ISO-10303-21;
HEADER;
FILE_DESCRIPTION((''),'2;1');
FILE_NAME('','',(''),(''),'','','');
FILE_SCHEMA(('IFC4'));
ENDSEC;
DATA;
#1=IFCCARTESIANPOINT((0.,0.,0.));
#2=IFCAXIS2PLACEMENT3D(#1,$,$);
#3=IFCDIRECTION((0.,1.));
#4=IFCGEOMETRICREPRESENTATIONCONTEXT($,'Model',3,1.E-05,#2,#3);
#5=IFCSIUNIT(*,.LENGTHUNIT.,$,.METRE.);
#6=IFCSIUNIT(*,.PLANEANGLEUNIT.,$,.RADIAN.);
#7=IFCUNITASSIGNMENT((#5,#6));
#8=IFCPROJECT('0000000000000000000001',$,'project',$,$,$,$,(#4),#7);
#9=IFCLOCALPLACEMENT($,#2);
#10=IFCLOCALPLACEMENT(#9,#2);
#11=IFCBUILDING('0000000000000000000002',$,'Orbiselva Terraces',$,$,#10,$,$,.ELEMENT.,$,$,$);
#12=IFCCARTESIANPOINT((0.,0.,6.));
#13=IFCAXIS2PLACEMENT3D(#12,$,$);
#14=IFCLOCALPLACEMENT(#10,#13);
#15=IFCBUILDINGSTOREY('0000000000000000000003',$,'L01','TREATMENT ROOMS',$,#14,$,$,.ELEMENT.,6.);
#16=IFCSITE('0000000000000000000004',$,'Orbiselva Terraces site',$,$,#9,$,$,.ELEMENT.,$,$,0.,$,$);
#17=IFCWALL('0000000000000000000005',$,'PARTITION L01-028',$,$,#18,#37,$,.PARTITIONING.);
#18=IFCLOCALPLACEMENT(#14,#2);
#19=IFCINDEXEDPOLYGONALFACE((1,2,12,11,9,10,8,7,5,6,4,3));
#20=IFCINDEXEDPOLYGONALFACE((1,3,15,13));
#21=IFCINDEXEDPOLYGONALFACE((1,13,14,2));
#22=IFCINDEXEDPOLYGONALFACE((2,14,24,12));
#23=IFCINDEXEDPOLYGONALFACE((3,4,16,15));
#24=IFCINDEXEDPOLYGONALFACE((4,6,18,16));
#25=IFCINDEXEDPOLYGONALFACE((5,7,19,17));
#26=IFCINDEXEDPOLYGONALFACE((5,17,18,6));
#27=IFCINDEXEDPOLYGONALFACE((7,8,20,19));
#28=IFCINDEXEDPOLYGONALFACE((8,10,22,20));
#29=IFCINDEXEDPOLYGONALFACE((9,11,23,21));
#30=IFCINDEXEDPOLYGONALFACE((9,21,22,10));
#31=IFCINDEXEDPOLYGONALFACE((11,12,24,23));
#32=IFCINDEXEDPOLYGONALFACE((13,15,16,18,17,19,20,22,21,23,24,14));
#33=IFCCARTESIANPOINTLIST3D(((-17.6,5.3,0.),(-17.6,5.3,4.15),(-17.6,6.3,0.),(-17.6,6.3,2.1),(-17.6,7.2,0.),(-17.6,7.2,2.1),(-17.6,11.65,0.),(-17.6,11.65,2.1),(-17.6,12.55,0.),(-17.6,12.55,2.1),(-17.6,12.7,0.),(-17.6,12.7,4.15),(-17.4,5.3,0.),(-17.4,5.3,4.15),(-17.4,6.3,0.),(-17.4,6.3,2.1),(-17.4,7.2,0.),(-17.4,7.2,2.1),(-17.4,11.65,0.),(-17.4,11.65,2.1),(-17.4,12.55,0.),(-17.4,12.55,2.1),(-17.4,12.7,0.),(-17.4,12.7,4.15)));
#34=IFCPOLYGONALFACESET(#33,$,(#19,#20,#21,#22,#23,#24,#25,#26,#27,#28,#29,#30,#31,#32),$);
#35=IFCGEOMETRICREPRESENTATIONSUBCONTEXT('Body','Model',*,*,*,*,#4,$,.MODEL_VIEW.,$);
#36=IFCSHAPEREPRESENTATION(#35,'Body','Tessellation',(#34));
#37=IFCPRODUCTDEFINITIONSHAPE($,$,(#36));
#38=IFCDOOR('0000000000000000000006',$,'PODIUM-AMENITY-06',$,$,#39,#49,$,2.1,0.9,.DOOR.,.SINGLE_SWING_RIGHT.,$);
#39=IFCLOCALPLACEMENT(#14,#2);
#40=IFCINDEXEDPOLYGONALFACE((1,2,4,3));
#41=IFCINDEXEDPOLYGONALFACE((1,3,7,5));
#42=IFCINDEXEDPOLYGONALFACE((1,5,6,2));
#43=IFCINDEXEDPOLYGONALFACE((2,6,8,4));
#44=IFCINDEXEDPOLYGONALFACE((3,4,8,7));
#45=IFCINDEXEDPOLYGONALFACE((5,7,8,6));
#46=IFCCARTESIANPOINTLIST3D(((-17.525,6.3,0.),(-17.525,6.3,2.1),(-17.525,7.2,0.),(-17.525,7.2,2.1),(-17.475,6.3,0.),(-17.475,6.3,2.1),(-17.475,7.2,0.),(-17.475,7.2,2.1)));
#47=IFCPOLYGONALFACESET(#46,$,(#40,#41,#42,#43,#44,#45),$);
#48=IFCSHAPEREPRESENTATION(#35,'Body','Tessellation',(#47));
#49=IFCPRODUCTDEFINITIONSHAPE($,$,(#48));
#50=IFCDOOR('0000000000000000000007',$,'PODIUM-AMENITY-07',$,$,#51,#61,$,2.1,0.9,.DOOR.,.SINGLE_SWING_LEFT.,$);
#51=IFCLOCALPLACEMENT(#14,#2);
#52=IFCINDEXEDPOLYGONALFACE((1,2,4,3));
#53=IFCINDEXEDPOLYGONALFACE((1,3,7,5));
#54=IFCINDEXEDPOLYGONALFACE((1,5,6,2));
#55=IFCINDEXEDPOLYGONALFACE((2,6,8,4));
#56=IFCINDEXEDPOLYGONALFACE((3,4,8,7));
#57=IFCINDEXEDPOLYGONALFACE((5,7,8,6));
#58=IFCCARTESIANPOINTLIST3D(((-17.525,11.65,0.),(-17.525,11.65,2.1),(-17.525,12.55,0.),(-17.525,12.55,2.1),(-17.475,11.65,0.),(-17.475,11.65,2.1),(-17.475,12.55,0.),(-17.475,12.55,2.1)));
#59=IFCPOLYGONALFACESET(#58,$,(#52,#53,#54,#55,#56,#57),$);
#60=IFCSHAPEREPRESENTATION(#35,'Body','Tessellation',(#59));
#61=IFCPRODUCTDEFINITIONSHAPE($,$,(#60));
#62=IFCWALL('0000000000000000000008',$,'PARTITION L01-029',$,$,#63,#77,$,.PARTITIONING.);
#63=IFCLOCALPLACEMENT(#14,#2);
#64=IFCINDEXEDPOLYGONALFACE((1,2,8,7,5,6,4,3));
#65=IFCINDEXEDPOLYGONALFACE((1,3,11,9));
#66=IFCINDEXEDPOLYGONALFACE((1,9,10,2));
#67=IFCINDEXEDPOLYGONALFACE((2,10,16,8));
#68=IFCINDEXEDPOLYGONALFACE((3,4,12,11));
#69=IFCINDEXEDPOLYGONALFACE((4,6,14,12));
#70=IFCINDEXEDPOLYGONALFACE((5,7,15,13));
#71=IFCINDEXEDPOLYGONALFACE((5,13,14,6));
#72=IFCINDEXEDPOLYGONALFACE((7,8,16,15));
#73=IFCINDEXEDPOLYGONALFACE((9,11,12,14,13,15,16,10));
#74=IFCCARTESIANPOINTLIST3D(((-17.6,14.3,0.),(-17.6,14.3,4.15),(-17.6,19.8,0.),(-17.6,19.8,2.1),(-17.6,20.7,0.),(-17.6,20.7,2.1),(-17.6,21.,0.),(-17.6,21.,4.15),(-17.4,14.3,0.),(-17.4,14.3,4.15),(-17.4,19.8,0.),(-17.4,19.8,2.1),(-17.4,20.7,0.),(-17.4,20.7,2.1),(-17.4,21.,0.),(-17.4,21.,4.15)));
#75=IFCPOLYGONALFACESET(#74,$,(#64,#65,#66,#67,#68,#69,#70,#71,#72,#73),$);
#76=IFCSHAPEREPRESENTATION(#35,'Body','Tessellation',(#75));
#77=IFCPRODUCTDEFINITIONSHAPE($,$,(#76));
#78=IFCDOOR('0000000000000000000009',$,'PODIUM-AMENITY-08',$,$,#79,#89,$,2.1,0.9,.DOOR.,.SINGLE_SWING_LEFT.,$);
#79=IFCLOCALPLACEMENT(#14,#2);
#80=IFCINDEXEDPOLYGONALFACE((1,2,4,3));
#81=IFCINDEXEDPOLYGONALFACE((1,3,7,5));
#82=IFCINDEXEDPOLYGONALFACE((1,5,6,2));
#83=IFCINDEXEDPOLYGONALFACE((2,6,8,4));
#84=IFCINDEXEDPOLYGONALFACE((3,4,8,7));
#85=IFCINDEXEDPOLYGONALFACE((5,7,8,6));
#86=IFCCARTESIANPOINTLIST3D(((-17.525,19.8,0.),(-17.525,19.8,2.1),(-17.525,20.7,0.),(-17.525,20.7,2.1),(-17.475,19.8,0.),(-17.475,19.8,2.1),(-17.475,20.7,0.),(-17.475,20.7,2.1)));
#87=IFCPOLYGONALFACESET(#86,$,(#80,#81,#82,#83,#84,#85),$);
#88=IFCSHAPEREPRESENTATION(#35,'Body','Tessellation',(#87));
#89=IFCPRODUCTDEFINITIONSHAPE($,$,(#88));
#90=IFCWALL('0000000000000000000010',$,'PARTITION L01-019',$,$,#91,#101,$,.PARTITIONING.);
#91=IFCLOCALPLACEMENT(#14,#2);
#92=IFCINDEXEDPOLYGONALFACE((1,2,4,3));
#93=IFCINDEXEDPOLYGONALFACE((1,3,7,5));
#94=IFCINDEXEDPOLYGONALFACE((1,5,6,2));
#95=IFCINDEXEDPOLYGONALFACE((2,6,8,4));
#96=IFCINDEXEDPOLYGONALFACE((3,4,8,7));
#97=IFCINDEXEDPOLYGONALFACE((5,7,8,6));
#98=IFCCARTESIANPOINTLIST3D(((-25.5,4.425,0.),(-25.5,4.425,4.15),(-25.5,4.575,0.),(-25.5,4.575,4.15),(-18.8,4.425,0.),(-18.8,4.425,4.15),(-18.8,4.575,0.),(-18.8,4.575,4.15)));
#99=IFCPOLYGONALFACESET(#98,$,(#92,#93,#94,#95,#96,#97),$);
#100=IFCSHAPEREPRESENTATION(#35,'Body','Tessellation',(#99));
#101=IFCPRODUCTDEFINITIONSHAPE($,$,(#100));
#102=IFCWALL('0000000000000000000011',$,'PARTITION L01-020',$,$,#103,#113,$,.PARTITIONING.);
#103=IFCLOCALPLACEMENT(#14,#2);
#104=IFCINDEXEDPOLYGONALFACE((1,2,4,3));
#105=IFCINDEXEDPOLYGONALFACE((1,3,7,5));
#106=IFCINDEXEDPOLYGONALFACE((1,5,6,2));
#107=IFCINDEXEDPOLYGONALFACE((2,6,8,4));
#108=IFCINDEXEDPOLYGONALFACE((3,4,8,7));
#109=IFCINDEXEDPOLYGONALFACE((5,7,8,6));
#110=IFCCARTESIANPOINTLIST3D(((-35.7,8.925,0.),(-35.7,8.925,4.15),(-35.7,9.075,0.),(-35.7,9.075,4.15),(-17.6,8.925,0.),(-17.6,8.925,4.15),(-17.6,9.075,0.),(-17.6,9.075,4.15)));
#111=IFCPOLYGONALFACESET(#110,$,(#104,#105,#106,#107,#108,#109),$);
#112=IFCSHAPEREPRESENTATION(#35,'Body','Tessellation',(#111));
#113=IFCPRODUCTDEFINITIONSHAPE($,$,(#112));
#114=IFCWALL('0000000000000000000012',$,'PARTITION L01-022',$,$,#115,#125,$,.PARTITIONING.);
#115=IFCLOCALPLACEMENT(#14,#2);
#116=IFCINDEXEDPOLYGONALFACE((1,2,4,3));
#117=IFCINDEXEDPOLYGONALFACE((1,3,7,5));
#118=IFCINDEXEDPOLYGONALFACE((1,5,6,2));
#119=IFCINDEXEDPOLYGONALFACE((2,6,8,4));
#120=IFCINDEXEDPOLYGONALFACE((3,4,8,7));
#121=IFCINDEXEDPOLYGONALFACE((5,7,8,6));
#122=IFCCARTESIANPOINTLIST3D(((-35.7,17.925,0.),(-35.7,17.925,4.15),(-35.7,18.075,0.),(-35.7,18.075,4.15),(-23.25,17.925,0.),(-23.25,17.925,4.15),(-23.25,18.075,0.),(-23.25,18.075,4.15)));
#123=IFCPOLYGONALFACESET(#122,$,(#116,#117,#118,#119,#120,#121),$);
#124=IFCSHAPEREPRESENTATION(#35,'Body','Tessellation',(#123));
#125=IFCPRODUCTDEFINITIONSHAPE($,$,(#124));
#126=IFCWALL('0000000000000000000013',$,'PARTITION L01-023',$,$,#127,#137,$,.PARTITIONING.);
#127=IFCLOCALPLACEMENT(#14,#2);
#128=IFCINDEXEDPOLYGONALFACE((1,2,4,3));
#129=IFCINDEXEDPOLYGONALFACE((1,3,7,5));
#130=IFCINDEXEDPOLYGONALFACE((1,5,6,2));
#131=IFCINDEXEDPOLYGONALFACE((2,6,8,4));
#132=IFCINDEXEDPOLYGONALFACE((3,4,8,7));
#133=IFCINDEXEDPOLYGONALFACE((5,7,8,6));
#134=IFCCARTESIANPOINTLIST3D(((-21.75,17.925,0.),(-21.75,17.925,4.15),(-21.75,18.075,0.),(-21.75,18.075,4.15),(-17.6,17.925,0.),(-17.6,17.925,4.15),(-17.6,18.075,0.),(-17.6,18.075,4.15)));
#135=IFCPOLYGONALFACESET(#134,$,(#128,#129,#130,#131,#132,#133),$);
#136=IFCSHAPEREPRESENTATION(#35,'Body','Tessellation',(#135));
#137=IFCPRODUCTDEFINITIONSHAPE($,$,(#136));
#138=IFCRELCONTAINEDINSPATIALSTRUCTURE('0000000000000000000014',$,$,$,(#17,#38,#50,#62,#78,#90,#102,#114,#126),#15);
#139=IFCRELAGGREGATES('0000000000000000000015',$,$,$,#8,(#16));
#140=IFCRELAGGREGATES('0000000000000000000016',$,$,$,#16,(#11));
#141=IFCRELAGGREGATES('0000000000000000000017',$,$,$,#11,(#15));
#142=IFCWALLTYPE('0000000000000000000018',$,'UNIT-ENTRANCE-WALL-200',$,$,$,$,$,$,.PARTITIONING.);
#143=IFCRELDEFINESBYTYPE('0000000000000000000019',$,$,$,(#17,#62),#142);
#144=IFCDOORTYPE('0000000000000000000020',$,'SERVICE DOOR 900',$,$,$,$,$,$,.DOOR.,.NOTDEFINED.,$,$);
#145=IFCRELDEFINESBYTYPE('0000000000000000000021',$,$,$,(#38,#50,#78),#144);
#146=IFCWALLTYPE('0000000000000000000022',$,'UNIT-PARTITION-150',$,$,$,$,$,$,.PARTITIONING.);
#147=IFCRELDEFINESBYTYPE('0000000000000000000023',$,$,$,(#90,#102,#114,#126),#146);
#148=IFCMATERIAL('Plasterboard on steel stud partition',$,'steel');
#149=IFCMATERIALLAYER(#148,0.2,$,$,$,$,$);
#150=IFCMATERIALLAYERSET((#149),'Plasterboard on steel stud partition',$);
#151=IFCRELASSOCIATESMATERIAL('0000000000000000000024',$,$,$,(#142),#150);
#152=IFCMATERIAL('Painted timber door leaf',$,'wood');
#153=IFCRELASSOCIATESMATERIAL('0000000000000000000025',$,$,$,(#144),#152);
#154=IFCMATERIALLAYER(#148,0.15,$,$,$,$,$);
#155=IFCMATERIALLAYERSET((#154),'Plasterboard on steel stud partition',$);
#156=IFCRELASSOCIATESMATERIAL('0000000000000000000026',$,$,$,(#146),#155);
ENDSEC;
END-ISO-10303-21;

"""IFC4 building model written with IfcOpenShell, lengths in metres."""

from ifc_helpers import new_model, si_unit, direction, frame, frame_2d, origin, place, context, subcontext, project, spatial, rectangle, extrude, material, layer, layer_set, type_object, element, fill, save


model = new_model("IFC4")

# Units and contexts
model_context = context("Model", 3, precision=1e-05, world=origin(), true_north=direction((0.0, 1.0)))
body_context = subcontext(model_context, "Body", "Model", "MODEL_VIEW")
ifc_project = project(units=[si_unit("LENGTHUNIT", "METRE"), si_unit("PLANEANGLEUNIT", "RADIAN")], contexts=[model_context])

# Site, building, storey
site_placement = place(None, origin())
site = spatial("IfcSite", under=ifc_project, at=site_placement, Name="Orbiselva Terraces site", CompositionType="ELEMENT", RefElevation=0.0)
building_placement = place(site_placement, origin())
building = spatial("IfcBuilding", under=site, at=building_placement, Name="Orbiselva Terraces", CompositionType="ELEMENT")
storey_placement = place(building_placement, frame((0.0, 0.0, 6.0)))
storey = spatial("IfcBuildingStorey", under=building, at=storey_placement, Name="L01", Description="TREATMENT ROOMS", CompositionType="ELEMENT", Elevation=6.0)

# Wall, openings, doors
ifc_material_1 = material(Name="Plasterboard on steel stud partition", Category="steel")
ifc_layer_1 = layer(ifc_material_1, 0.2)
ifc_layer_set_1 = layer_set([ifc_layer_1], Name="Plasterboard on steel stud partition")
wall_type_1 = type_object("IfcWallType", Name="UNIT-ENTRANCE-WALL-200", PredefinedType="PARTITIONING", material=ifc_layer_set_1)
wall_1_placement = place(storey_placement, frame((-17.5, 12.7, 0.0), z_axis=(0.0, 0.0, 1.0), x_axis=(0.0, -1.0, 0.0)))
wall_1 = element("IfcWall", 1, at=wall_1_placement, inside=storey, type_object=wall_type_1, Name="PARTITION L01-028", PredefinedType="PARTITIONING", context=body_context, shape_type="SweptSolid", body=[
    extrude(rectangle(XDim=7.4, YDim=0.2, at=frame_2d((3.7, 0.0))), origin(), (0.0, 0.0, 1.0), 4.15),
])
opening_1_placement = place(wall_1_placement, frame((5.5, 0.0, 0.0)))
opening_1 = element("IfcOpeningElement", 2, at=opening_1_placement, cuts=wall_1, PredefinedType="OPENING", context=body_context, shape_type="SweptSolid", body=[
    extrude(rectangle(XDim=0.9, YDim=2.1, at=frame_2d((0.45, 1.05))), frame((0.0, 0.11, 0.0), z_axis=(0.0, -1.0, 0.0), x_axis=(1.0, 0.0, 0.0)), (0.0, 0.0, 1.0), 0.22),
])
opening_2_placement = place(wall_1_placement, frame((0.15, 0.0, 0.0)))
opening_2 = element("IfcOpeningElement", 3, at=opening_2_placement, cuts=wall_1, PredefinedType="OPENING", context=body_context, shape_type="SweptSolid", body=[
    extrude(rectangle(XDim=0.9, YDim=2.1, at=frame_2d((0.45, 1.05))), frame((0.0, 0.11, 0.0), z_axis=(0.0, -1.0, 0.0), x_axis=(1.0, 0.0, 0.0)), (0.0, 0.0, 1.0), 0.22),
])
ifc_material_2 = material(Name="Painted timber door leaf", Category="wood")
door_type = type_object("IfcDoorType", Name="SERVICE DOOR 900", OperationType="NOTDEFINED", PredefinedType="DOOR", material=ifc_material_2)
door_1_placement = place(opening_1_placement, origin())
door_1 = element("IfcDoor", 4, at=door_1_placement, inside=storey, type_object=door_type, Name="PODIUM-AMENITY-06", OperationType="SINGLE_SWING_RIGHT", OverallHeight=2.1, OverallWidth=0.9, PredefinedType="DOOR", context=body_context, shape_type="SweptSolid", body=[
    extrude(rectangle(XDim=0.9, YDim=2.1, at=frame_2d((0.45, 1.05))), frame((0.0, 0.025, 0.0), z_axis=(0.0, -1.0, 0.0), x_axis=(1.0, 0.0, 0.0)), (0.0, 0.0, 1.0), 0.05),
])
fill(opening_1, door_1)
door_2_placement = place(opening_2_placement, origin())
door_2 = element("IfcDoor", 5, at=door_2_placement, inside=storey, type_object=door_type, Name="PODIUM-AMENITY-07", OperationType="SINGLE_SWING_LEFT", OverallHeight=2.1, OverallWidth=0.9, PredefinedType="DOOR", context=body_context, shape_type="SweptSolid", body=[
    extrude(rectangle(XDim=0.9, YDim=2.1, at=frame_2d((0.45, 1.05))), frame((0.0, 0.025, 0.0), z_axis=(0.0, -1.0, 0.0), x_axis=(1.0, 0.0, 0.0)), (0.0, 0.0, 1.0), 0.05),
])
fill(opening_2, door_2)

# Wall, opening, door
wall_2_placement = place(storey_placement, frame((-17.5, 21.0, 0.0), z_axis=(0.0, 0.0, 1.0), x_axis=(0.0, -1.0, 0.0)))
wall_2 = element("IfcWall", 6, at=wall_2_placement, inside=storey, type_object=wall_type_1, Name="PARTITION L01-029", PredefinedType="PARTITIONING", context=body_context, shape_type="SweptSolid", body=[
    extrude(rectangle(XDim=6.7, YDim=0.2, at=frame_2d((3.35, 0.0))), origin(), (0.0, 0.0, 1.0), 4.15),
])
opening_3_placement = place(wall_2_placement, frame((0.3, 0.0, 0.0)))
opening_3 = element("IfcOpeningElement", 7, at=opening_3_placement, cuts=wall_2, PredefinedType="OPENING", context=body_context, shape_type="SweptSolid", body=[
    extrude(rectangle(XDim=0.9, YDim=2.1, at=frame_2d((0.45, 1.05))), frame((0.0, 0.11, 0.0), z_axis=(0.0, -1.0, 0.0), x_axis=(1.0, 0.0, 0.0)), (0.0, 0.0, 1.0), 0.22),
])
door_3_placement = place(opening_3_placement, origin())
door_3 = element("IfcDoor", 8, at=door_3_placement, inside=storey, type_object=door_type, Name="PODIUM-AMENITY-08", OperationType="SINGLE_SWING_LEFT", OverallHeight=2.1, OverallWidth=0.9, PredefinedType="DOOR", context=body_context, shape_type="SweptSolid", body=[
    extrude(rectangle(XDim=0.9, YDim=2.1, at=frame_2d((0.45, 1.05))), frame((0.0, 0.025, 0.0), z_axis=(0.0, -1.0, 0.0), x_axis=(1.0, 0.0, 0.0)), (0.0, 0.0, 1.0), 0.05),
])
fill(opening_3, door_3)

# Walls
ifc_layer_2 = layer(ifc_material_1, 0.15)
ifc_layer_set_2 = layer_set([ifc_layer_2], Name="Plasterboard on steel stud partition")
wall_type_2 = type_object("IfcWallType", Name="UNIT-PARTITION-150", PredefinedType="PARTITIONING", material=ifc_layer_set_2)
wall_3_placement = place(storey_placement, frame((-25.5, 4.5, 0.0), z_axis=(0.0, 0.0, 1.0), x_axis=(1.0, 0.0, 0.0)))
element("IfcWall", 9, at=wall_3_placement, inside=storey, type_object=wall_type_2, Name="PARTITION L01-019", PredefinedType="PARTITIONING", context=body_context, shape_type="SweptSolid", body=[
    extrude(rectangle(XDim=6.7, YDim=0.15, at=frame_2d((3.35, 0.0))), origin(), (0.0, 0.0, 1.0), 4.15),
])
wall_4_placement = place(storey_placement, frame((-35.7, 9.0, 0.0), z_axis=(0.0, 0.0, 1.0), x_axis=(1.0, 0.0, 0.0)))
element("IfcWall", 10, at=wall_4_placement, inside=storey, type_object=wall_type_2, Name="PARTITION L01-020", PredefinedType="PARTITIONING", context=body_context, shape_type="SweptSolid", body=[
    extrude(rectangle(XDim=18.1, YDim=0.15, at=frame_2d((9.05, 0.0))), origin(), (0.0, 0.0, 1.0), 4.15),
])
wall_5_placement = place(storey_placement, frame((-35.7, 18.0, 0.0), z_axis=(0.0, 0.0, 1.0), x_axis=(1.0, 0.0, 0.0)))
element("IfcWall", 11, at=wall_5_placement, inside=storey, type_object=wall_type_2, Name="PARTITION L01-022", PredefinedType="PARTITIONING", context=body_context, shape_type="SweptSolid", body=[
    extrude(rectangle(XDim=12.45, YDim=0.15, at=frame_2d((6.225, 0.0))), origin(), (0.0, 0.0, 1.0), 4.15),
])
wall_6_placement = place(storey_placement, frame((-21.75, 18.0, 0.0), z_axis=(0.0, 0.0, 1.0), x_axis=(1.0, 0.0, 0.0)))
element("IfcWall", 12, at=wall_6_placement, inside=storey, type_object=wall_type_2, Name="PARTITION L01-023", PredefinedType="PARTITIONING", context=body_context, shape_type="SweptSolid", body=[
    extrude(rectangle(XDim=4.15, YDim=0.15, at=frame_2d((2.075, 0.0))), origin(), (0.0, 0.0, 1.0), 4.15),
])

save(model, "model.ifc")
